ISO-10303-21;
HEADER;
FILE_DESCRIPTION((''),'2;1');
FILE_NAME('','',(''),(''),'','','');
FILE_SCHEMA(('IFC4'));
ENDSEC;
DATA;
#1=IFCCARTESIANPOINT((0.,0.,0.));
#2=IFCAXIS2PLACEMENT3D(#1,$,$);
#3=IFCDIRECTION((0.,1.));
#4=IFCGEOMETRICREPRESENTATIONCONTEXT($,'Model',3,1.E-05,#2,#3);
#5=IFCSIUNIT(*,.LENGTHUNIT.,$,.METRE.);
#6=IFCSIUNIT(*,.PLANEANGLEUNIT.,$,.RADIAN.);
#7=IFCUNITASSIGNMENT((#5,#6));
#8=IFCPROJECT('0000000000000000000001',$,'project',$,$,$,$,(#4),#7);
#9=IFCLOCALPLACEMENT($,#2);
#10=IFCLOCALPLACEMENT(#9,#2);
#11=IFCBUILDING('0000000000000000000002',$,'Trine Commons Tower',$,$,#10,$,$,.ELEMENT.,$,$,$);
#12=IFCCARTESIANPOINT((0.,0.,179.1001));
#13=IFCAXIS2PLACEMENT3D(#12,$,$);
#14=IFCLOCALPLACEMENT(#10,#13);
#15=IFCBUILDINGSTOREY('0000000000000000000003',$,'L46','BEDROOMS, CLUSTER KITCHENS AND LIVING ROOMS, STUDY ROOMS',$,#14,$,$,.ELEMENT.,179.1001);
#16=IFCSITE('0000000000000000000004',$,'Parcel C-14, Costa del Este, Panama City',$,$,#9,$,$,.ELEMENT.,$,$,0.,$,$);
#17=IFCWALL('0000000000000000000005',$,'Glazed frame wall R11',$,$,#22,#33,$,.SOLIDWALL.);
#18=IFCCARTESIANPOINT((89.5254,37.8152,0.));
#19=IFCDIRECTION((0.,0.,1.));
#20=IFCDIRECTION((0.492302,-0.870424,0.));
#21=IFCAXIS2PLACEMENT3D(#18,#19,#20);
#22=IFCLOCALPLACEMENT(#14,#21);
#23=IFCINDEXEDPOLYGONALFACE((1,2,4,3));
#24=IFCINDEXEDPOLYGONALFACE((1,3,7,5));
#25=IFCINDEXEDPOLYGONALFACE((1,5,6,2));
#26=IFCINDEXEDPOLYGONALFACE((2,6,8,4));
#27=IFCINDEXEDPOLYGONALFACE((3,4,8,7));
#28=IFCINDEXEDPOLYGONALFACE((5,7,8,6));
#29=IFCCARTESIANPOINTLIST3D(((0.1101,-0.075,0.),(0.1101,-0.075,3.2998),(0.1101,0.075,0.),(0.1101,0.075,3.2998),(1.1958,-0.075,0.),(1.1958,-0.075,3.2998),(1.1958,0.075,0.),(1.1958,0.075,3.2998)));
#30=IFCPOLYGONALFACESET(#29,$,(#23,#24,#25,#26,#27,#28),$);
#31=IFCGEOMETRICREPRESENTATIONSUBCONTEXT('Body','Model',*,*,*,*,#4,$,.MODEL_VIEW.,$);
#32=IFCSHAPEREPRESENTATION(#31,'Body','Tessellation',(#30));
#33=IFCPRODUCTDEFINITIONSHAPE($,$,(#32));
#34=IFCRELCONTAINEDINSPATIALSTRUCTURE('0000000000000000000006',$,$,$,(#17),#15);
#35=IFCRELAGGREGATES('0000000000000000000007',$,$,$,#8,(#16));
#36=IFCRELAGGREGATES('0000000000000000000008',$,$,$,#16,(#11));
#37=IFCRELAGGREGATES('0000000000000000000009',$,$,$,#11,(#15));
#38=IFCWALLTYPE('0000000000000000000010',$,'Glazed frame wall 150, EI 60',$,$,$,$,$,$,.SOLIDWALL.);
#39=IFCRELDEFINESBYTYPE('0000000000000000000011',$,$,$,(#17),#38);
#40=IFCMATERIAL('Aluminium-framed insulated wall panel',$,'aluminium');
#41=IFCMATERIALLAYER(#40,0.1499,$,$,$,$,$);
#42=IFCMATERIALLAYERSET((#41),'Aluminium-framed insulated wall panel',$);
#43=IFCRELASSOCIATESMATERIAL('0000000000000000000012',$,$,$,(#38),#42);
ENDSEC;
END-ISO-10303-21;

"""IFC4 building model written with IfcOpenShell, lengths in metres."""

from ifc_helpers import new_model, si_unit, direction, frame, origin, place, context, subcontext, project, spatial, polyline, outline, extrude, material, layer, layer_set, type_object, element, save


model = new_model("IFC4")

# Units and contexts
model_context = context("Model", 3, precision=1e-05, world=origin(), true_north=direction((0.0, 1.0)))
body_context = subcontext(model_context, "Body", "Model", "MODEL_VIEW")
ifc_project = project(units=[si_unit("LENGTHUNIT", "METRE"), si_unit("PLANEANGLEUNIT", "RADIAN")], contexts=[model_context])

# Site, building, storey
site_placement = place(None, origin())
site = spatial("IfcSite", under=ifc_project, at=site_placement, Name="Parcel C-14, Costa del Este, Panama City", CompositionType="ELEMENT", RefElevation=0.0)
building_placement = place(site_placement, origin())
building = spatial("IfcBuilding", under=site, at=building_placement, Name="Trine Commons Tower", CompositionType="ELEMENT")
storey_placement = place(building_placement, frame((0.0, 0.0, 179.1001)))
storey = spatial("IfcBuildingStorey", under=building, at=storey_placement, Name="L46", Description="BEDROOMS, CLUSTER KITCHENS AND LIVING ROOMS, STUDY ROOMS", CompositionType="ELEMENT", Elevation=179.1001)

# Wall
ifc_material_1 = material(Name="Aluminium-framed insulated wall panel", Category="aluminium")
ifc_layer_1 = layer(ifc_material_1, 0.1499)
ifc_layer_set_1 = layer_set([ifc_layer_1], Name="Aluminium-framed insulated wall panel")
wall_type_1 = type_object("IfcWallType", Name="Glazed frame wall 150, EI 60", PredefinedType="SOLIDWALL", material=ifc_layer_set_1)
wall_1_placement = place(storey_placement, frame((89.5254, 37.8152, 0.0), z_axis=(0.0, 0.0, 1.0), x_axis=(0.492302, -0.870424, 0.0)))
element("IfcWall", 1, at=wall_1_placement, inside=storey, type_object=wall_type_1, Name="Glazed frame wall R11", PredefinedType="SOLIDWALL", context=body_context, shape_type="SweptSolid", body=[
    extrude(outline(polyline([(0.1101, 0.075), (0.1101, -0.075), (1.1958, -0.075), (1.1958, 0.075), (0.1101, 0.075)])), origin(), (0.0, 0.0, 1.0), 3.2998),
])

save(model, "model.ifc")
